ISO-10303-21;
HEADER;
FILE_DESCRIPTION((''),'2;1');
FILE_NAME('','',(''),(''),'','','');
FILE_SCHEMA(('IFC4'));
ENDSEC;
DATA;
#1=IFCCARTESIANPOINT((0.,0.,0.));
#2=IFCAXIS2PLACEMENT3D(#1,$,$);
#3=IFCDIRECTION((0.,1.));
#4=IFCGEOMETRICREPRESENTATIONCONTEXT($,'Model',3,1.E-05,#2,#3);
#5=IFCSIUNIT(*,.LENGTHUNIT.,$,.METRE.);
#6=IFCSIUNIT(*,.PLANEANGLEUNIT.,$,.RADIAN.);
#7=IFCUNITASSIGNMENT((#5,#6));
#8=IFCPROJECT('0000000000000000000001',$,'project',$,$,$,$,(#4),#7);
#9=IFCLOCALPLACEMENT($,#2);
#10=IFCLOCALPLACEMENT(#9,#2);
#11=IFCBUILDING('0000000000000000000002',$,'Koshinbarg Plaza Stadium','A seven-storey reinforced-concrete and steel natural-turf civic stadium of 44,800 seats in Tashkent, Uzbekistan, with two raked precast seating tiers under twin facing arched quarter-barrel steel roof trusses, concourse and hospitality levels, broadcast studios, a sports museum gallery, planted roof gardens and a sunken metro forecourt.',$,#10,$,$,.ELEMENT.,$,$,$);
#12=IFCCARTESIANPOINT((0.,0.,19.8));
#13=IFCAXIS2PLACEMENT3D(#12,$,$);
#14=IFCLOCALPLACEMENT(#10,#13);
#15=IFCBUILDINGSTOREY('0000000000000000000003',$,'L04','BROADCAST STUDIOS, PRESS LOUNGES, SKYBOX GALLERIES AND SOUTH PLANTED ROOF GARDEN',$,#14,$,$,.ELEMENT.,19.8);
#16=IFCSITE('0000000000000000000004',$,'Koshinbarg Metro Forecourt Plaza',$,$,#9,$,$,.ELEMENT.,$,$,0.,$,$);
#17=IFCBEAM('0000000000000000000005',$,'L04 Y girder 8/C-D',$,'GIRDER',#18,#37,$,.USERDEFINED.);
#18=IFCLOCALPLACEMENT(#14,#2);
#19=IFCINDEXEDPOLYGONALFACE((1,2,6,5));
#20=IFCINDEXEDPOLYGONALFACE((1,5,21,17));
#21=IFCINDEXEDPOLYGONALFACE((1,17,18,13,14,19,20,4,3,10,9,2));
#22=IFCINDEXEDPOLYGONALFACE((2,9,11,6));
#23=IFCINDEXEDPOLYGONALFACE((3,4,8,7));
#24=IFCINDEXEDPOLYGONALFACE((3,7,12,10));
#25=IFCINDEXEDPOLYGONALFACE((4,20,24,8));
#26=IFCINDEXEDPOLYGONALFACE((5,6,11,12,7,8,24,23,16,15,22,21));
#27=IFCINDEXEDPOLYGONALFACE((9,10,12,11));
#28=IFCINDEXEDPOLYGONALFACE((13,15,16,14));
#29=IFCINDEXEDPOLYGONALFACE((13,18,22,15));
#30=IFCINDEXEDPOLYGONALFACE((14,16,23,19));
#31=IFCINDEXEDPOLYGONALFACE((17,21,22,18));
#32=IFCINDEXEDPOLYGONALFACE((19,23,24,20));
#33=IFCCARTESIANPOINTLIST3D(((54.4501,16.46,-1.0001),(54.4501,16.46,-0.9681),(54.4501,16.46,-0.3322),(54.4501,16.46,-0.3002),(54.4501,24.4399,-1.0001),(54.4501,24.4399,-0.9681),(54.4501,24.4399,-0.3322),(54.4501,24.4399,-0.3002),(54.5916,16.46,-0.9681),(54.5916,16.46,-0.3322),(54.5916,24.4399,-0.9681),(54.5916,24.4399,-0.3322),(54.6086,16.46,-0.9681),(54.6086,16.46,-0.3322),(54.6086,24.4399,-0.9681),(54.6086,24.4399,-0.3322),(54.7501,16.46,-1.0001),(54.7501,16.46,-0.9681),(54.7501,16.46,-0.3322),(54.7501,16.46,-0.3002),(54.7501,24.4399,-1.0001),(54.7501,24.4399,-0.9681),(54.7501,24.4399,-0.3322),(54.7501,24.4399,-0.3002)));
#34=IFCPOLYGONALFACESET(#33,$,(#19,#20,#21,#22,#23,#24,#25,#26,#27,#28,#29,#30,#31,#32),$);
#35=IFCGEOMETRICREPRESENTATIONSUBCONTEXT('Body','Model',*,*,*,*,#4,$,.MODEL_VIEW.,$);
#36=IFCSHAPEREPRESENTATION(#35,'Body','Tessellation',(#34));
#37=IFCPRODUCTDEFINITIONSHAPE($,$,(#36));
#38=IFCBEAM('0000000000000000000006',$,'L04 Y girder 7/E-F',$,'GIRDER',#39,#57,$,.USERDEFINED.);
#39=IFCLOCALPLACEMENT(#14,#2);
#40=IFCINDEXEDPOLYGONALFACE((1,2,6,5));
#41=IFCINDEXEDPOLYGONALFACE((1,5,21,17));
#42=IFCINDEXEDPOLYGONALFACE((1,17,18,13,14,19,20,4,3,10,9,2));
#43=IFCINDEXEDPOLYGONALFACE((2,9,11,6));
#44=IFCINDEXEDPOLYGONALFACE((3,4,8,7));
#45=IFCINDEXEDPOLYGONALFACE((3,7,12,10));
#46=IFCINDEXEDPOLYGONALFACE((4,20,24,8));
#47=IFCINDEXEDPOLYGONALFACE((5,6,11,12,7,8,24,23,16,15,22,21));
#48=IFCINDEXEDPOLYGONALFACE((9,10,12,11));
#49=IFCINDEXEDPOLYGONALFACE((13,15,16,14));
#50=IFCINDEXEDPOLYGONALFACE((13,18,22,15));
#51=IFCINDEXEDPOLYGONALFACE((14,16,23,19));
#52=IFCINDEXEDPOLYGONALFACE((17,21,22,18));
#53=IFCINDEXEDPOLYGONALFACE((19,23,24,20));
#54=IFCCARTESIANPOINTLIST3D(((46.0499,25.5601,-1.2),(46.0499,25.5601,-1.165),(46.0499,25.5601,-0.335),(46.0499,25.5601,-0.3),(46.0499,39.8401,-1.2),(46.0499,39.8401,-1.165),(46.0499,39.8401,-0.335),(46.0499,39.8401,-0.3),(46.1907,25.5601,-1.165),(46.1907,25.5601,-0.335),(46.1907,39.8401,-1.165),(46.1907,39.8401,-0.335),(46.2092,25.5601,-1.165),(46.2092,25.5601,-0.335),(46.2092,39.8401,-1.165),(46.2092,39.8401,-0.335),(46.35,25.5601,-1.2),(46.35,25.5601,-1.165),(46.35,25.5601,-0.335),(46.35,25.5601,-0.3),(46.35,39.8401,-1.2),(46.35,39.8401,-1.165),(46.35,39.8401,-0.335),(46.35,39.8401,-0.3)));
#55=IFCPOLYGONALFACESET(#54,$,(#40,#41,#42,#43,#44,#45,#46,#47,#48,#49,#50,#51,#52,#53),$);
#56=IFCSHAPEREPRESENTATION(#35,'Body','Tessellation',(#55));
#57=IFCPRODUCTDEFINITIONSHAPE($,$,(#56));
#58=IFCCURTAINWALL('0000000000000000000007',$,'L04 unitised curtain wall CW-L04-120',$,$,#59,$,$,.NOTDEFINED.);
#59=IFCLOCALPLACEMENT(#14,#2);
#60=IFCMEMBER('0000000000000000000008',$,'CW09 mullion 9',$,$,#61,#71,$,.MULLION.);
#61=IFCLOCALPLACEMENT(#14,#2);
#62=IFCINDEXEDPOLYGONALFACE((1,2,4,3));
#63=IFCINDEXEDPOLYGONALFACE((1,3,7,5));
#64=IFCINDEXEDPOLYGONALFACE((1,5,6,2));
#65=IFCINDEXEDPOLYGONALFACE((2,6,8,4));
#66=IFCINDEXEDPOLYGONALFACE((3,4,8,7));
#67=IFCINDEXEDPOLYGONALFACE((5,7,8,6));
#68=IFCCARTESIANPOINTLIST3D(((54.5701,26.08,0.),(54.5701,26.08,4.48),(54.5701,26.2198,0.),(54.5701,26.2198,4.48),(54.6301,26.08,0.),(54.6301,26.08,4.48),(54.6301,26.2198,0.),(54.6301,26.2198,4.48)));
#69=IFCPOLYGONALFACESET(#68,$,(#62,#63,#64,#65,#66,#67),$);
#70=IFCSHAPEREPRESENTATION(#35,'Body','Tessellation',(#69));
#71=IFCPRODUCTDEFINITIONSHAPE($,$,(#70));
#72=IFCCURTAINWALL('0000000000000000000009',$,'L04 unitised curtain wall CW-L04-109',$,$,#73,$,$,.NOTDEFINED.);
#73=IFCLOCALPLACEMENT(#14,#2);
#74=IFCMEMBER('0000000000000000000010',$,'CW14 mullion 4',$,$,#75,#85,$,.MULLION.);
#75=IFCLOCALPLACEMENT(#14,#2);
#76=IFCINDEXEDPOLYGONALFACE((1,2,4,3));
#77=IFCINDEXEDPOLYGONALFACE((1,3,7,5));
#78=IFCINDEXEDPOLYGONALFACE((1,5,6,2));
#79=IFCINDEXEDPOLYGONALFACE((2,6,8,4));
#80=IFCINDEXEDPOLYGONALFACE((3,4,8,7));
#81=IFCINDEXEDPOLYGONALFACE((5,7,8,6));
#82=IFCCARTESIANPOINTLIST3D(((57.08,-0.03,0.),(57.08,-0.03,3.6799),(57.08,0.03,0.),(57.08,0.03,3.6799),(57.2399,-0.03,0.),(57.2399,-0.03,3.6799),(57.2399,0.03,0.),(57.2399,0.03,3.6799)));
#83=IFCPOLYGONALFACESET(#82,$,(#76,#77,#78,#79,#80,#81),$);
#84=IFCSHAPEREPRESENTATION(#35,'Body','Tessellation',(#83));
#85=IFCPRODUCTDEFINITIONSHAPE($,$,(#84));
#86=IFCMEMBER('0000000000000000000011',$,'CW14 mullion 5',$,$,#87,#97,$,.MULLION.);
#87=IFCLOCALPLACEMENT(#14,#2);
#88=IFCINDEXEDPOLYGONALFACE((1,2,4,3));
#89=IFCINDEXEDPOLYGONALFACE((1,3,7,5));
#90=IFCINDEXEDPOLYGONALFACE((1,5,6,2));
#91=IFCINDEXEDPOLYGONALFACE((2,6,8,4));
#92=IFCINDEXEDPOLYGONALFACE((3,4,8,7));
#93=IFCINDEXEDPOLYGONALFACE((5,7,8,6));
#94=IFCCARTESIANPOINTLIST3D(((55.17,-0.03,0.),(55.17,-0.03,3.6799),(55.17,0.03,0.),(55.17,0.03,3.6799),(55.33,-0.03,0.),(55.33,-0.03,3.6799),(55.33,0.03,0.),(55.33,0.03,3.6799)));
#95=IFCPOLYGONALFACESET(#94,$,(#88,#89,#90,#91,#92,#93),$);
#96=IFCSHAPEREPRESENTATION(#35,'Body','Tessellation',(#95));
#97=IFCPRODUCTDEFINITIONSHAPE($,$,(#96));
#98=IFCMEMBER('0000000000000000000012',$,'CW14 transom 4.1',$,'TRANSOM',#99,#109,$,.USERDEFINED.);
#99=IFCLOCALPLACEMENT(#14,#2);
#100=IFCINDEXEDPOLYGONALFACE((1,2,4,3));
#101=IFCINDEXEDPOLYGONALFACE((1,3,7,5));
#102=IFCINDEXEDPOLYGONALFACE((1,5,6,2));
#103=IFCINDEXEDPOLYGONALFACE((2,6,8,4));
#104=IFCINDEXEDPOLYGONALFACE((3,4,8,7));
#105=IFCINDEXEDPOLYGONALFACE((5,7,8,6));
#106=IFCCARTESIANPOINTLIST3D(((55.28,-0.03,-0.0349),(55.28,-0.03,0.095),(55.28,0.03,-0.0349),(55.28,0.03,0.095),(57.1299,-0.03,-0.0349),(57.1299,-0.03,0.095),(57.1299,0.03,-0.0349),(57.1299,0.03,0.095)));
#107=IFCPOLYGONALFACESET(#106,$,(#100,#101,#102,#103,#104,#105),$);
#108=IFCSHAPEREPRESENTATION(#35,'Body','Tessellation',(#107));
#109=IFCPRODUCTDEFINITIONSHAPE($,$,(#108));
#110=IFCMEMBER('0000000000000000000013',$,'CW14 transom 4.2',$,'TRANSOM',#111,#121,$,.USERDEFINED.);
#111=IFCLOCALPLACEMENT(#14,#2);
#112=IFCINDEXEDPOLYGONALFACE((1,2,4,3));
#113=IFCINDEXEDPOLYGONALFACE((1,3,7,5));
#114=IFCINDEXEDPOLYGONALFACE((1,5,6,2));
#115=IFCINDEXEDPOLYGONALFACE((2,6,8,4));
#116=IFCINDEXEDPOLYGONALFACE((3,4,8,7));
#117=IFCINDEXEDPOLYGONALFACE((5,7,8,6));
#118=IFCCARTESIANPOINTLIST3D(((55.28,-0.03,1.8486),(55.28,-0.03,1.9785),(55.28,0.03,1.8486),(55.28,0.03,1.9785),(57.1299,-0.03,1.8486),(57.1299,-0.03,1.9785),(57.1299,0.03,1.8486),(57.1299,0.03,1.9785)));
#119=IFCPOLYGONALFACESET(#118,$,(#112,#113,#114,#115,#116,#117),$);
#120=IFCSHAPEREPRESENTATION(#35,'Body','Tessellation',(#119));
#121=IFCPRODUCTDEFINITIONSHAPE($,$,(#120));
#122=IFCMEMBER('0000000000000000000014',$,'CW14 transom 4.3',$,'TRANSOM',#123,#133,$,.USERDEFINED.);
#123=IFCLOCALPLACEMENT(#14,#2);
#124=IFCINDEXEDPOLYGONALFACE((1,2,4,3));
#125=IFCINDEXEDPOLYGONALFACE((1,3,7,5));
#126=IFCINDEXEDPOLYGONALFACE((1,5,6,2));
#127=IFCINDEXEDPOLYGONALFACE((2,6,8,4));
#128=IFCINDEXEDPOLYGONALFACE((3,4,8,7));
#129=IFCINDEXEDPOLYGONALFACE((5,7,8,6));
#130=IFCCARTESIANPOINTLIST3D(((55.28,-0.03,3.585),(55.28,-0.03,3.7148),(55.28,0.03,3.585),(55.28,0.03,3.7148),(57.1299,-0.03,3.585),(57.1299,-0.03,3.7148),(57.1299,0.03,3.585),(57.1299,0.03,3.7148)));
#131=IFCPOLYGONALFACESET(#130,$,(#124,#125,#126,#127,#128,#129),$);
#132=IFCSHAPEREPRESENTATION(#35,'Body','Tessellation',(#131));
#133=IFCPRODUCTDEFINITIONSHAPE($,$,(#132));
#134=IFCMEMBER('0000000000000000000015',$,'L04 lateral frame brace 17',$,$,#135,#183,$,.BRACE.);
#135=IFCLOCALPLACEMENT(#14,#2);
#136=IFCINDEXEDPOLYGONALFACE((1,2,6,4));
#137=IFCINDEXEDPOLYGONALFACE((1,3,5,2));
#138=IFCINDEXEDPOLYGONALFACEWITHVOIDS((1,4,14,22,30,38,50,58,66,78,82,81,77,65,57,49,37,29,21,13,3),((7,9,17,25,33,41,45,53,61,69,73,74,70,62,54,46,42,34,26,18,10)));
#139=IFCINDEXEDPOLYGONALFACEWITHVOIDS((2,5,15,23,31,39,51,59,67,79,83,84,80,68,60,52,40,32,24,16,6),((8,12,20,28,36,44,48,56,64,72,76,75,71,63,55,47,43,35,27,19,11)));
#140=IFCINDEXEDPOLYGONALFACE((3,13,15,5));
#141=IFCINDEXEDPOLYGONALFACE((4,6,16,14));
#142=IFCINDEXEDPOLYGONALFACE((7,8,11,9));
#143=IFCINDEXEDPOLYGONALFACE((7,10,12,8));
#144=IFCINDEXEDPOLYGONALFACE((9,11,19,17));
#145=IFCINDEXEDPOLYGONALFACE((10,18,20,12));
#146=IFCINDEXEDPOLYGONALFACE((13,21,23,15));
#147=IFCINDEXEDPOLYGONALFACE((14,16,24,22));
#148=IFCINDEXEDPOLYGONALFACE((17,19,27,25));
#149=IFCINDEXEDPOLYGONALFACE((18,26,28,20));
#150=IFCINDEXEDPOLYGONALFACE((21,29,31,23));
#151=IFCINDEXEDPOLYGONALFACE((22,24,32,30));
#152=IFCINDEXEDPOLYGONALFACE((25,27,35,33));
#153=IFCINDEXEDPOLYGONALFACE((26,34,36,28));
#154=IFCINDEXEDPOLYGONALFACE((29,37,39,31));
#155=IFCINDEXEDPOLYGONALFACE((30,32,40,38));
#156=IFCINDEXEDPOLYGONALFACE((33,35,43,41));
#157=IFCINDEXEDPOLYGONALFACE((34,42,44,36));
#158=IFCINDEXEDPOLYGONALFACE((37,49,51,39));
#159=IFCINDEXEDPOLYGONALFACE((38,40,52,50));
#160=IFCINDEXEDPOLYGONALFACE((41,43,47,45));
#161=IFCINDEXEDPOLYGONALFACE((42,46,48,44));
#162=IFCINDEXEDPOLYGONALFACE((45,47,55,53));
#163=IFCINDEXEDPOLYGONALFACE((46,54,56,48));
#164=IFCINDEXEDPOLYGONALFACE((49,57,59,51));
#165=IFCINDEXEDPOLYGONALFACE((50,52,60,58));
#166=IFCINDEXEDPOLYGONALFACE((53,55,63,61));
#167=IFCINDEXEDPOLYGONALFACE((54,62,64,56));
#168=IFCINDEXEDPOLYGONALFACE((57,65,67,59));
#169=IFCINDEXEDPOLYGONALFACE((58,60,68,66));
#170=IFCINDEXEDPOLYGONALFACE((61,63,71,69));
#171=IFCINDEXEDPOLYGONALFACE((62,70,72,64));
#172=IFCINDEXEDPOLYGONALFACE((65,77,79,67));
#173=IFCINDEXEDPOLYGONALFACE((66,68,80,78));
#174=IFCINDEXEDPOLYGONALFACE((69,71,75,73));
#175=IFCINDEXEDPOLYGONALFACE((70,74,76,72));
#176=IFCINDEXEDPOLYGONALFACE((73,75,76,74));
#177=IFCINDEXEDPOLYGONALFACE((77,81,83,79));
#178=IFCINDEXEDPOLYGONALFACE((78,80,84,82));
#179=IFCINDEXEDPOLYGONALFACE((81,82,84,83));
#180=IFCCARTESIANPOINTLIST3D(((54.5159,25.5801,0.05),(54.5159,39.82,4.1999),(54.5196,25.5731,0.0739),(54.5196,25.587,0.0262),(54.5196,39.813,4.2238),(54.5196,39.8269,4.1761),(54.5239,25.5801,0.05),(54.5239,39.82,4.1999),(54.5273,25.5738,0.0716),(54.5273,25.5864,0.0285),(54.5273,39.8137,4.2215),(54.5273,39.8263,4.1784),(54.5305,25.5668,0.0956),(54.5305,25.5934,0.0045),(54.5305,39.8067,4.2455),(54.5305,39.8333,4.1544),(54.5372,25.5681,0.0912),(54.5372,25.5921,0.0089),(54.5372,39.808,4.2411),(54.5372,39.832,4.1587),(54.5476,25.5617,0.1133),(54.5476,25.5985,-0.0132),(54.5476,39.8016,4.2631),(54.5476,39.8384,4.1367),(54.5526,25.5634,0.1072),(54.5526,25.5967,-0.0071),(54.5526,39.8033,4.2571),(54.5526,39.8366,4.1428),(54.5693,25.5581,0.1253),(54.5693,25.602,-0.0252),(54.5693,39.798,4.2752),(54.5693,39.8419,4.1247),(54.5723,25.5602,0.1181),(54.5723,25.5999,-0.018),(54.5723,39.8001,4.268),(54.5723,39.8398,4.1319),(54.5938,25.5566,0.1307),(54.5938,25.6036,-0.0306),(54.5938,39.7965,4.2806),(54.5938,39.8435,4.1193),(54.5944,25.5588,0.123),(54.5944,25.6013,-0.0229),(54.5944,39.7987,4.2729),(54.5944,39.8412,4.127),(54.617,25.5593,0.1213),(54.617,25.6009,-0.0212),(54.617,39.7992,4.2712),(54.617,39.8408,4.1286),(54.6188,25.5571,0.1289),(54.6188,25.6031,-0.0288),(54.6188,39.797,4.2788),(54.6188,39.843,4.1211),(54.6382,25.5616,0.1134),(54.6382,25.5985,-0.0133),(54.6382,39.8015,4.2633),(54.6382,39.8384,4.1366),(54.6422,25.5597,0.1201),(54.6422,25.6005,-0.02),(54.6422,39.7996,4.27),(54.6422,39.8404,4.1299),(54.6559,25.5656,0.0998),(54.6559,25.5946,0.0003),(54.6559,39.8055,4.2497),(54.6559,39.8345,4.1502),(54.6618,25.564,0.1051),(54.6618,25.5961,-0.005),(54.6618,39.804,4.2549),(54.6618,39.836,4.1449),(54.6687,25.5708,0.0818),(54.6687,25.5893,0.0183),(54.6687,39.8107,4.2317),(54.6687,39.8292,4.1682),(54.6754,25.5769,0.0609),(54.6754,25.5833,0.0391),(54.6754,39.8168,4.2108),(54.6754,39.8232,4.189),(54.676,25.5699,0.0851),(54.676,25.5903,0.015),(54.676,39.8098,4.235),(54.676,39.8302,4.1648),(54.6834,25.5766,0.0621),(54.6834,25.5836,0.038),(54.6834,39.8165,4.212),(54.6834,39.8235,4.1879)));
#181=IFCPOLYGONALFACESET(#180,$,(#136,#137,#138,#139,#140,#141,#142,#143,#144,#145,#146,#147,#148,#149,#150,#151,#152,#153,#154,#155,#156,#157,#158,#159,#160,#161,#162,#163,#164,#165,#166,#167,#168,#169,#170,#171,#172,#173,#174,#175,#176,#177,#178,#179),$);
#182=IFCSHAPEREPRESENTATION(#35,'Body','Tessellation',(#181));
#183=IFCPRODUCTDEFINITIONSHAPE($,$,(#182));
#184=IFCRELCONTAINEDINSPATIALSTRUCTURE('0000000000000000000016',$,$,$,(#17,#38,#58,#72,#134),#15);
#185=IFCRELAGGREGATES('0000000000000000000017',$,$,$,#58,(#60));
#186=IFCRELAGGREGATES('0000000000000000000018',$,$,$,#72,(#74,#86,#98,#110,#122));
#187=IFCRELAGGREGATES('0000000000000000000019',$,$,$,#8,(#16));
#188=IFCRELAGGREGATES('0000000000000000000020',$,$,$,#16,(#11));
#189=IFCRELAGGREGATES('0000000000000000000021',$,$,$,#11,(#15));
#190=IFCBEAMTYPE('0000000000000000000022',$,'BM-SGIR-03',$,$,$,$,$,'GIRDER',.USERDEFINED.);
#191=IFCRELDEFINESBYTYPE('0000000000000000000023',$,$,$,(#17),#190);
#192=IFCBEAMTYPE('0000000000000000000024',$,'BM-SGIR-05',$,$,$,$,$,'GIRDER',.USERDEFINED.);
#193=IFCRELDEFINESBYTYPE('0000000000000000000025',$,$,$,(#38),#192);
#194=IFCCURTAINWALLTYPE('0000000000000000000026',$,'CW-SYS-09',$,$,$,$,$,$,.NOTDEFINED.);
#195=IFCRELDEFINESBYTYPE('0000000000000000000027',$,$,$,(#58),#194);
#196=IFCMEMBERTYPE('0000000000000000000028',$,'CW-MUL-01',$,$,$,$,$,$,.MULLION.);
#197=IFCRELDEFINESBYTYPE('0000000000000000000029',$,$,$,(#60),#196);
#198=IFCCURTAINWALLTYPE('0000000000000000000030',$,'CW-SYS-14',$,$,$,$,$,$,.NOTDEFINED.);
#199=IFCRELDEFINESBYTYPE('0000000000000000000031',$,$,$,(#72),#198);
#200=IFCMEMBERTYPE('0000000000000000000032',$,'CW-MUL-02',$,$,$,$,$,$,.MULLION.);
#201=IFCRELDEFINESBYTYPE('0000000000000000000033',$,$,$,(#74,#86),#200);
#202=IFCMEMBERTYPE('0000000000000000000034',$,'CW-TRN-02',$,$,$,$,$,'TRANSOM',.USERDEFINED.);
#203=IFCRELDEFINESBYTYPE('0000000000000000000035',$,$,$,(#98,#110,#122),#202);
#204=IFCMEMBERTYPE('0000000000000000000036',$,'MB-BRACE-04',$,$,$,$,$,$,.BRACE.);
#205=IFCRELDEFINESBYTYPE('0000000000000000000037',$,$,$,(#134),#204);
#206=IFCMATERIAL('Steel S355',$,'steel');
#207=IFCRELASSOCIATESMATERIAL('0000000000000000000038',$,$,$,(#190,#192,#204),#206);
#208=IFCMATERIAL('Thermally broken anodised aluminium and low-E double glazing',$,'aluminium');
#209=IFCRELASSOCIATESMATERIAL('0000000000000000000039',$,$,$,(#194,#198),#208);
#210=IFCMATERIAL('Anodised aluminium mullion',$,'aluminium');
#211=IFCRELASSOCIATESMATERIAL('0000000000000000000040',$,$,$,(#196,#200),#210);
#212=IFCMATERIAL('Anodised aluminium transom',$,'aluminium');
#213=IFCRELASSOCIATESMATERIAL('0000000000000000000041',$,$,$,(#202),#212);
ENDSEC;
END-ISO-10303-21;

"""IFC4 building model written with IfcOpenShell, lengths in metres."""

from ifc_helpers import new_model, si_unit, direction, frame, origin, origin_2d, place, context, subcontext, project, spatial, rectangle, hollow_circle, i_section, extrude, material, material_profile, profile_set, type_object, element, aggregate, save


model = new_model("IFC4")

# Units and contexts
model_context = context("Model", 3, precision=1e-05, world=origin(), true_north=direction((0.0, 1.0)))
body_context = subcontext(model_context, "Body", "Model", "MODEL_VIEW")
ifc_project = project(units=[si_unit("LENGTHUNIT", "METRE"), si_unit("PLANEANGLEUNIT", "RADIAN")], contexts=[model_context])

# Site, building, storey
site_placement = place(None, origin())
site = spatial("IfcSite", under=ifc_project, at=site_placement, Name="Koshinbarg Metro Forecourt Plaza", CompositionType="ELEMENT", RefElevation=0.0)
building_placement = place(site_placement, origin())
building = spatial("IfcBuilding", under=site, at=building_placement, Name="Koshinbarg Plaza Stadium", Description="A seven-storey reinforced-concrete and steel natural-turf civic stadium of 44,800 seats in Tashkent, Uzbekistan, with two raked precast seating tiers under twin facing arched quarter-barrel steel roof trusses, concourse and hospitality levels, broadcast studios, a sports museum gallery, planted roof gardens and a sunken metro forecourt.", CompositionType="ELEMENT")
storey_placement = place(building_placement, frame((0.0, 0.0, 19.8)))
storey = spatial("IfcBuildingStorey", under=building, at=storey_placement, Name="L04", Description="BROADCAST STUDIOS, PRESS LOUNGES, SKYBOX GALLERIES AND SOUTH PLANTED ROOF GARDEN", CompositionType="ELEMENT", Elevation=19.8)

# Shared definitions
ifc_material_1 = material(Name="Steel S355", Category="steel")

# Beams
ifc_material_profile_1 = material_profile(ifc_material_1, i_section(OverallWidth=0.3, OverallDepth=0.7, WebThickness=0.0171, FlangeThickness=0.032, at=origin_2d()), Name="HEB 700")
ifc_profile_set_1 = profile_set([ifc_material_profile_1], Name="Steel S355")
beam_type_1 = type_object("IfcBeamType", Name="BM-SGIR-03", ElementType="GIRDER", PredefinedType="USERDEFINED", material=ifc_profile_set_1)
beam_1_placement = place(storey_placement, frame((54.6001, 16.46, -0.6501), z_axis=(0.0, 1.0, 0.0), x_axis=(-1.0, 0.0, 0.0)))
element("IfcBeam", 1, at=beam_1_placement, inside=storey, type_object=beam_type_1, Name="L04 Y girder 8/C-D", ObjectType="GIRDER", PredefinedType="USERDEFINED", context=body_context, shape_type="SweptSolid", body=[
    extrude(i_section(OverallWidth=0.3, OverallDepth=0.7, WebThickness=0.0171, FlangeThickness=0.032, at=origin_2d()), origin(), (0.0, 0.0, 1.0), 7.98),
])
ifc_material_profile_2 = material_profile(ifc_material_1, i_section(OverallWidth=0.3, OverallDepth=0.8999, WebThickness=0.0186, FlangeThickness=0.0349, at=origin_2d()), Name="HEB 900")
ifc_profile_set_2 = profile_set([ifc_material_profile_2], Name="Steel S355")
beam_type_2 = type_object("IfcBeamType", Name="BM-SGIR-05", ElementType="GIRDER", PredefinedType="USERDEFINED", material=ifc_profile_set_2)
beam_2_placement = place(storey_placement, frame((46.2, 25.5601, -0.75), z_axis=(0.0, 1.0, 0.0), x_axis=(-1.0, 0.0, 0.0)))
element("IfcBeam", 2, at=beam_2_placement, inside=storey, type_object=beam_type_2, Name="L04 Y girder 7/E-F", ObjectType="GIRDER", PredefinedType="USERDEFINED", context=body_context, shape_type="SweptSolid", body=[
    extrude(i_section(OverallWidth=0.3, OverallDepth=0.8999, WebThickness=0.0186, FlangeThickness=0.0349, at=origin_2d()), origin(), (0.0, 0.0, 1.0), 14.28),
])

# Curtain wall, member
ifc_material_2 = material(Name="Thermally broken anodised aluminium and low-E double glazing", Category="aluminium")
curtain_wall_type_1 = type_object("IfcCurtainWallType", Name="CW-SYS-09", PredefinedType="NOTDEFINED", material=ifc_material_2)
curtain_wall_1_placement = place(storey_placement, origin())
curtain_wall_1 = element("IfcCurtainWall", 3, at=curtain_wall_1_placement, inside=storey, type_object=curtain_wall_type_1, Name="L04 unitised curtain wall CW-L04-120", PredefinedType="NOTDEFINED")
ifc_material_3 = material(Name="Anodised aluminium mullion", Category="aluminium")
ifc_material_profile_3 = material_profile(ifc_material_3, rectangle(XDim=0.0601, YDim=0.1399, at=origin_2d()), Name="ALU 60x140")
ifc_profile_set_3 = profile_set([ifc_material_profile_3], Name="Anodised aluminium mullion")
member_type_1 = type_object("IfcMemberType", Name="CW-MUL-01", PredefinedType="MULLION", material=ifc_profile_set_3)
member_1_placement = place(storey_placement, frame((54.6001, 26.1499, 0.0), z_axis=(0.0, 0.0, 1.0), x_axis=(1.0, 0.0, 0.0)))
member_1 = element("IfcMember", 4, at=member_1_placement, type_object=member_type_1, Name="CW09 mullion 9", PredefinedType="MULLION", context=body_context, shape_type="SweptSolid", body=[
    extrude(rectangle(XDim=0.0601, YDim=0.1399, at=origin_2d()), origin(), (0.0, 0.0, 1.0), 4.48),
])
aggregate(curtain_wall_1, [member_1])

# Curtain wall, members
curtain_wall_type_2 = type_object("IfcCurtainWallType", Name="CW-SYS-14", PredefinedType="NOTDEFINED", material=ifc_material_2)
curtain_wall_2_placement = place(storey_placement, origin())
curtain_wall_2 = element("IfcCurtainWall", 5, at=curtain_wall_2_placement, inside=storey, type_object=curtain_wall_type_2, Name="L04 unitised curtain wall CW-L04-109", PredefinedType="NOTDEFINED")
ifc_material_profile_4 = material_profile(ifc_material_3, rectangle(XDim=0.0601, YDim=0.1599, at=origin_2d()), Name="ALU 60x160")
ifc_profile_set_4 = profile_set([ifc_material_profile_4], Name="Anodised aluminium mullion")
member_type_2 = type_object("IfcMemberType", Name="CW-MUL-02", PredefinedType="MULLION", material=ifc_profile_set_4)
member_2_placement = place(storey_placement, frame((57.1599, 0.0, 0.0), z_axis=(0.0, 0.0, 1.0), x_axis=(0.0, -1.0, 0.0)))
member_2 = element("IfcMember", 6, at=member_2_placement, type_object=member_type_2, Name="CW14 mullion 4", PredefinedType="MULLION", context=body_context, shape_type="SweptSolid", body=[
    extrude(rectangle(XDim=0.0601, YDim=0.1599, at=origin_2d()), origin(), (0.0, 0.0, 1.0), 3.6799),
])
member_3_placement = place(storey_placement, frame((55.25, 0.0, 0.0), z_axis=(0.0, 0.0, 1.0), x_axis=(0.0, -1.0, 0.0)))
member_3 = element("IfcMember", 7, at=member_3_placement, type_object=member_type_2, Name="CW14 mullion 5", PredefinedType="MULLION", context=body_context, shape_type="SweptSolid", body=[
    extrude(rectangle(XDim=0.0601, YDim=0.1599, at=origin_2d()), origin(), (0.0, 0.0, 1.0), 3.6799),
])
ifc_material_4 = material(Name="Anodised aluminium transom", Category="aluminium")
ifc_material_profile_5 = material_profile(ifc_material_4, rectangle(XDim=0.0601, YDim=0.1299, at=origin_2d()), Name="ALU 60x130")
ifc_profile_set_5 = profile_set([ifc_material_profile_5], Name="Anodised aluminium transom")
member_type_3 = type_object("IfcMemberType", Name="CW-TRN-02", ElementType="TRANSOM", PredefinedType="USERDEFINED", material=ifc_profile_set_5)
member_4_placement = place(storey_placement, frame((57.1299, 0.0, 0.03), z_axis=(-1.0, 0.0, 0.0), x_axis=(0.0, -1.0, 0.0)))
member_4 = element("IfcMember", 8, at=member_4_placement, type_object=member_type_3, Name="CW14 transom 4.1", ObjectType="TRANSOM", PredefinedType="USERDEFINED", context=body_context, shape_type="SweptSolid", body=[
    extrude(rectangle(XDim=0.0601, YDim=0.1299, at=origin_2d()), origin(), (0.0, 0.0, 1.0), 1.8499),
])
member_5_placement = place(storey_placement, frame((57.1299, 0.0, 1.9136), z_axis=(-1.0, 0.0, 0.0), x_axis=(0.0, -1.0, 0.0)))
member_5 = element("IfcMember", 9, at=member_5_placement, type_object=member_type_3, Name="CW14 transom 4.2", ObjectType="TRANSOM", PredefinedType="USERDEFINED", context=body_context, shape_type="SweptSolid", body=[
    extrude(rectangle(XDim=0.0601, YDim=0.1299, at=origin_2d()), origin(), (0.0, 0.0, 1.0), 1.8499),
])
member_6_placement = place(storey_placement, frame((57.1299, 0.0, 3.6499), z_axis=(-1.0, 0.0, 0.0), x_axis=(0.0, -1.0, 0.0)))
member_6 = element("IfcMember", 10, at=member_6_placement, type_object=member_type_3, Name="CW14 transom 4.3", ObjectType="TRANSOM", PredefinedType="USERDEFINED", context=body_context, shape_type="SweptSolid", body=[
    extrude(rectangle(XDim=0.0601, YDim=0.1299, at=origin_2d()), origin(), (0.0, 0.0, 1.0), 1.8499),
])

# Member
ifc_material_profile_6 = material_profile(ifc_material_1, hollow_circle(Radius=0.0842, WallThickness=0.0081, at=origin_2d()), Name="CHS 168.3x8")
ifc_profile_set_6 = profile_set([ifc_material_profile_6], Name="Steel S355")
member_type_4 = type_object("IfcMemberType", Name="MB-BRACE-04", PredefinedType="BRACE", material=ifc_profile_set_6)
member_7_placement = place(storey_placement, frame((54.6001, 25.5801, 0.05), z_axis=(0.0, 0.960062, 0.279787), x_axis=(-1.0, 0.0, 0.0)))
element("IfcMember", 11, at=member_7_placement, inside=storey, type_object=member_type_4, Name="L04 lateral frame brace 17", PredefinedType="BRACE", context=body_context, shape_type="SweptSolid", body=[
    extrude(hollow_circle(Radius=0.0842, WallThickness=0.0081, at=origin_2d()), origin(), (0.0, 0.0, 1.0), 14.8323),
])

aggregate(curtain_wall_2, [member_2, member_3, member_4, member_5, member_6])

save(model, "model.ifc")
